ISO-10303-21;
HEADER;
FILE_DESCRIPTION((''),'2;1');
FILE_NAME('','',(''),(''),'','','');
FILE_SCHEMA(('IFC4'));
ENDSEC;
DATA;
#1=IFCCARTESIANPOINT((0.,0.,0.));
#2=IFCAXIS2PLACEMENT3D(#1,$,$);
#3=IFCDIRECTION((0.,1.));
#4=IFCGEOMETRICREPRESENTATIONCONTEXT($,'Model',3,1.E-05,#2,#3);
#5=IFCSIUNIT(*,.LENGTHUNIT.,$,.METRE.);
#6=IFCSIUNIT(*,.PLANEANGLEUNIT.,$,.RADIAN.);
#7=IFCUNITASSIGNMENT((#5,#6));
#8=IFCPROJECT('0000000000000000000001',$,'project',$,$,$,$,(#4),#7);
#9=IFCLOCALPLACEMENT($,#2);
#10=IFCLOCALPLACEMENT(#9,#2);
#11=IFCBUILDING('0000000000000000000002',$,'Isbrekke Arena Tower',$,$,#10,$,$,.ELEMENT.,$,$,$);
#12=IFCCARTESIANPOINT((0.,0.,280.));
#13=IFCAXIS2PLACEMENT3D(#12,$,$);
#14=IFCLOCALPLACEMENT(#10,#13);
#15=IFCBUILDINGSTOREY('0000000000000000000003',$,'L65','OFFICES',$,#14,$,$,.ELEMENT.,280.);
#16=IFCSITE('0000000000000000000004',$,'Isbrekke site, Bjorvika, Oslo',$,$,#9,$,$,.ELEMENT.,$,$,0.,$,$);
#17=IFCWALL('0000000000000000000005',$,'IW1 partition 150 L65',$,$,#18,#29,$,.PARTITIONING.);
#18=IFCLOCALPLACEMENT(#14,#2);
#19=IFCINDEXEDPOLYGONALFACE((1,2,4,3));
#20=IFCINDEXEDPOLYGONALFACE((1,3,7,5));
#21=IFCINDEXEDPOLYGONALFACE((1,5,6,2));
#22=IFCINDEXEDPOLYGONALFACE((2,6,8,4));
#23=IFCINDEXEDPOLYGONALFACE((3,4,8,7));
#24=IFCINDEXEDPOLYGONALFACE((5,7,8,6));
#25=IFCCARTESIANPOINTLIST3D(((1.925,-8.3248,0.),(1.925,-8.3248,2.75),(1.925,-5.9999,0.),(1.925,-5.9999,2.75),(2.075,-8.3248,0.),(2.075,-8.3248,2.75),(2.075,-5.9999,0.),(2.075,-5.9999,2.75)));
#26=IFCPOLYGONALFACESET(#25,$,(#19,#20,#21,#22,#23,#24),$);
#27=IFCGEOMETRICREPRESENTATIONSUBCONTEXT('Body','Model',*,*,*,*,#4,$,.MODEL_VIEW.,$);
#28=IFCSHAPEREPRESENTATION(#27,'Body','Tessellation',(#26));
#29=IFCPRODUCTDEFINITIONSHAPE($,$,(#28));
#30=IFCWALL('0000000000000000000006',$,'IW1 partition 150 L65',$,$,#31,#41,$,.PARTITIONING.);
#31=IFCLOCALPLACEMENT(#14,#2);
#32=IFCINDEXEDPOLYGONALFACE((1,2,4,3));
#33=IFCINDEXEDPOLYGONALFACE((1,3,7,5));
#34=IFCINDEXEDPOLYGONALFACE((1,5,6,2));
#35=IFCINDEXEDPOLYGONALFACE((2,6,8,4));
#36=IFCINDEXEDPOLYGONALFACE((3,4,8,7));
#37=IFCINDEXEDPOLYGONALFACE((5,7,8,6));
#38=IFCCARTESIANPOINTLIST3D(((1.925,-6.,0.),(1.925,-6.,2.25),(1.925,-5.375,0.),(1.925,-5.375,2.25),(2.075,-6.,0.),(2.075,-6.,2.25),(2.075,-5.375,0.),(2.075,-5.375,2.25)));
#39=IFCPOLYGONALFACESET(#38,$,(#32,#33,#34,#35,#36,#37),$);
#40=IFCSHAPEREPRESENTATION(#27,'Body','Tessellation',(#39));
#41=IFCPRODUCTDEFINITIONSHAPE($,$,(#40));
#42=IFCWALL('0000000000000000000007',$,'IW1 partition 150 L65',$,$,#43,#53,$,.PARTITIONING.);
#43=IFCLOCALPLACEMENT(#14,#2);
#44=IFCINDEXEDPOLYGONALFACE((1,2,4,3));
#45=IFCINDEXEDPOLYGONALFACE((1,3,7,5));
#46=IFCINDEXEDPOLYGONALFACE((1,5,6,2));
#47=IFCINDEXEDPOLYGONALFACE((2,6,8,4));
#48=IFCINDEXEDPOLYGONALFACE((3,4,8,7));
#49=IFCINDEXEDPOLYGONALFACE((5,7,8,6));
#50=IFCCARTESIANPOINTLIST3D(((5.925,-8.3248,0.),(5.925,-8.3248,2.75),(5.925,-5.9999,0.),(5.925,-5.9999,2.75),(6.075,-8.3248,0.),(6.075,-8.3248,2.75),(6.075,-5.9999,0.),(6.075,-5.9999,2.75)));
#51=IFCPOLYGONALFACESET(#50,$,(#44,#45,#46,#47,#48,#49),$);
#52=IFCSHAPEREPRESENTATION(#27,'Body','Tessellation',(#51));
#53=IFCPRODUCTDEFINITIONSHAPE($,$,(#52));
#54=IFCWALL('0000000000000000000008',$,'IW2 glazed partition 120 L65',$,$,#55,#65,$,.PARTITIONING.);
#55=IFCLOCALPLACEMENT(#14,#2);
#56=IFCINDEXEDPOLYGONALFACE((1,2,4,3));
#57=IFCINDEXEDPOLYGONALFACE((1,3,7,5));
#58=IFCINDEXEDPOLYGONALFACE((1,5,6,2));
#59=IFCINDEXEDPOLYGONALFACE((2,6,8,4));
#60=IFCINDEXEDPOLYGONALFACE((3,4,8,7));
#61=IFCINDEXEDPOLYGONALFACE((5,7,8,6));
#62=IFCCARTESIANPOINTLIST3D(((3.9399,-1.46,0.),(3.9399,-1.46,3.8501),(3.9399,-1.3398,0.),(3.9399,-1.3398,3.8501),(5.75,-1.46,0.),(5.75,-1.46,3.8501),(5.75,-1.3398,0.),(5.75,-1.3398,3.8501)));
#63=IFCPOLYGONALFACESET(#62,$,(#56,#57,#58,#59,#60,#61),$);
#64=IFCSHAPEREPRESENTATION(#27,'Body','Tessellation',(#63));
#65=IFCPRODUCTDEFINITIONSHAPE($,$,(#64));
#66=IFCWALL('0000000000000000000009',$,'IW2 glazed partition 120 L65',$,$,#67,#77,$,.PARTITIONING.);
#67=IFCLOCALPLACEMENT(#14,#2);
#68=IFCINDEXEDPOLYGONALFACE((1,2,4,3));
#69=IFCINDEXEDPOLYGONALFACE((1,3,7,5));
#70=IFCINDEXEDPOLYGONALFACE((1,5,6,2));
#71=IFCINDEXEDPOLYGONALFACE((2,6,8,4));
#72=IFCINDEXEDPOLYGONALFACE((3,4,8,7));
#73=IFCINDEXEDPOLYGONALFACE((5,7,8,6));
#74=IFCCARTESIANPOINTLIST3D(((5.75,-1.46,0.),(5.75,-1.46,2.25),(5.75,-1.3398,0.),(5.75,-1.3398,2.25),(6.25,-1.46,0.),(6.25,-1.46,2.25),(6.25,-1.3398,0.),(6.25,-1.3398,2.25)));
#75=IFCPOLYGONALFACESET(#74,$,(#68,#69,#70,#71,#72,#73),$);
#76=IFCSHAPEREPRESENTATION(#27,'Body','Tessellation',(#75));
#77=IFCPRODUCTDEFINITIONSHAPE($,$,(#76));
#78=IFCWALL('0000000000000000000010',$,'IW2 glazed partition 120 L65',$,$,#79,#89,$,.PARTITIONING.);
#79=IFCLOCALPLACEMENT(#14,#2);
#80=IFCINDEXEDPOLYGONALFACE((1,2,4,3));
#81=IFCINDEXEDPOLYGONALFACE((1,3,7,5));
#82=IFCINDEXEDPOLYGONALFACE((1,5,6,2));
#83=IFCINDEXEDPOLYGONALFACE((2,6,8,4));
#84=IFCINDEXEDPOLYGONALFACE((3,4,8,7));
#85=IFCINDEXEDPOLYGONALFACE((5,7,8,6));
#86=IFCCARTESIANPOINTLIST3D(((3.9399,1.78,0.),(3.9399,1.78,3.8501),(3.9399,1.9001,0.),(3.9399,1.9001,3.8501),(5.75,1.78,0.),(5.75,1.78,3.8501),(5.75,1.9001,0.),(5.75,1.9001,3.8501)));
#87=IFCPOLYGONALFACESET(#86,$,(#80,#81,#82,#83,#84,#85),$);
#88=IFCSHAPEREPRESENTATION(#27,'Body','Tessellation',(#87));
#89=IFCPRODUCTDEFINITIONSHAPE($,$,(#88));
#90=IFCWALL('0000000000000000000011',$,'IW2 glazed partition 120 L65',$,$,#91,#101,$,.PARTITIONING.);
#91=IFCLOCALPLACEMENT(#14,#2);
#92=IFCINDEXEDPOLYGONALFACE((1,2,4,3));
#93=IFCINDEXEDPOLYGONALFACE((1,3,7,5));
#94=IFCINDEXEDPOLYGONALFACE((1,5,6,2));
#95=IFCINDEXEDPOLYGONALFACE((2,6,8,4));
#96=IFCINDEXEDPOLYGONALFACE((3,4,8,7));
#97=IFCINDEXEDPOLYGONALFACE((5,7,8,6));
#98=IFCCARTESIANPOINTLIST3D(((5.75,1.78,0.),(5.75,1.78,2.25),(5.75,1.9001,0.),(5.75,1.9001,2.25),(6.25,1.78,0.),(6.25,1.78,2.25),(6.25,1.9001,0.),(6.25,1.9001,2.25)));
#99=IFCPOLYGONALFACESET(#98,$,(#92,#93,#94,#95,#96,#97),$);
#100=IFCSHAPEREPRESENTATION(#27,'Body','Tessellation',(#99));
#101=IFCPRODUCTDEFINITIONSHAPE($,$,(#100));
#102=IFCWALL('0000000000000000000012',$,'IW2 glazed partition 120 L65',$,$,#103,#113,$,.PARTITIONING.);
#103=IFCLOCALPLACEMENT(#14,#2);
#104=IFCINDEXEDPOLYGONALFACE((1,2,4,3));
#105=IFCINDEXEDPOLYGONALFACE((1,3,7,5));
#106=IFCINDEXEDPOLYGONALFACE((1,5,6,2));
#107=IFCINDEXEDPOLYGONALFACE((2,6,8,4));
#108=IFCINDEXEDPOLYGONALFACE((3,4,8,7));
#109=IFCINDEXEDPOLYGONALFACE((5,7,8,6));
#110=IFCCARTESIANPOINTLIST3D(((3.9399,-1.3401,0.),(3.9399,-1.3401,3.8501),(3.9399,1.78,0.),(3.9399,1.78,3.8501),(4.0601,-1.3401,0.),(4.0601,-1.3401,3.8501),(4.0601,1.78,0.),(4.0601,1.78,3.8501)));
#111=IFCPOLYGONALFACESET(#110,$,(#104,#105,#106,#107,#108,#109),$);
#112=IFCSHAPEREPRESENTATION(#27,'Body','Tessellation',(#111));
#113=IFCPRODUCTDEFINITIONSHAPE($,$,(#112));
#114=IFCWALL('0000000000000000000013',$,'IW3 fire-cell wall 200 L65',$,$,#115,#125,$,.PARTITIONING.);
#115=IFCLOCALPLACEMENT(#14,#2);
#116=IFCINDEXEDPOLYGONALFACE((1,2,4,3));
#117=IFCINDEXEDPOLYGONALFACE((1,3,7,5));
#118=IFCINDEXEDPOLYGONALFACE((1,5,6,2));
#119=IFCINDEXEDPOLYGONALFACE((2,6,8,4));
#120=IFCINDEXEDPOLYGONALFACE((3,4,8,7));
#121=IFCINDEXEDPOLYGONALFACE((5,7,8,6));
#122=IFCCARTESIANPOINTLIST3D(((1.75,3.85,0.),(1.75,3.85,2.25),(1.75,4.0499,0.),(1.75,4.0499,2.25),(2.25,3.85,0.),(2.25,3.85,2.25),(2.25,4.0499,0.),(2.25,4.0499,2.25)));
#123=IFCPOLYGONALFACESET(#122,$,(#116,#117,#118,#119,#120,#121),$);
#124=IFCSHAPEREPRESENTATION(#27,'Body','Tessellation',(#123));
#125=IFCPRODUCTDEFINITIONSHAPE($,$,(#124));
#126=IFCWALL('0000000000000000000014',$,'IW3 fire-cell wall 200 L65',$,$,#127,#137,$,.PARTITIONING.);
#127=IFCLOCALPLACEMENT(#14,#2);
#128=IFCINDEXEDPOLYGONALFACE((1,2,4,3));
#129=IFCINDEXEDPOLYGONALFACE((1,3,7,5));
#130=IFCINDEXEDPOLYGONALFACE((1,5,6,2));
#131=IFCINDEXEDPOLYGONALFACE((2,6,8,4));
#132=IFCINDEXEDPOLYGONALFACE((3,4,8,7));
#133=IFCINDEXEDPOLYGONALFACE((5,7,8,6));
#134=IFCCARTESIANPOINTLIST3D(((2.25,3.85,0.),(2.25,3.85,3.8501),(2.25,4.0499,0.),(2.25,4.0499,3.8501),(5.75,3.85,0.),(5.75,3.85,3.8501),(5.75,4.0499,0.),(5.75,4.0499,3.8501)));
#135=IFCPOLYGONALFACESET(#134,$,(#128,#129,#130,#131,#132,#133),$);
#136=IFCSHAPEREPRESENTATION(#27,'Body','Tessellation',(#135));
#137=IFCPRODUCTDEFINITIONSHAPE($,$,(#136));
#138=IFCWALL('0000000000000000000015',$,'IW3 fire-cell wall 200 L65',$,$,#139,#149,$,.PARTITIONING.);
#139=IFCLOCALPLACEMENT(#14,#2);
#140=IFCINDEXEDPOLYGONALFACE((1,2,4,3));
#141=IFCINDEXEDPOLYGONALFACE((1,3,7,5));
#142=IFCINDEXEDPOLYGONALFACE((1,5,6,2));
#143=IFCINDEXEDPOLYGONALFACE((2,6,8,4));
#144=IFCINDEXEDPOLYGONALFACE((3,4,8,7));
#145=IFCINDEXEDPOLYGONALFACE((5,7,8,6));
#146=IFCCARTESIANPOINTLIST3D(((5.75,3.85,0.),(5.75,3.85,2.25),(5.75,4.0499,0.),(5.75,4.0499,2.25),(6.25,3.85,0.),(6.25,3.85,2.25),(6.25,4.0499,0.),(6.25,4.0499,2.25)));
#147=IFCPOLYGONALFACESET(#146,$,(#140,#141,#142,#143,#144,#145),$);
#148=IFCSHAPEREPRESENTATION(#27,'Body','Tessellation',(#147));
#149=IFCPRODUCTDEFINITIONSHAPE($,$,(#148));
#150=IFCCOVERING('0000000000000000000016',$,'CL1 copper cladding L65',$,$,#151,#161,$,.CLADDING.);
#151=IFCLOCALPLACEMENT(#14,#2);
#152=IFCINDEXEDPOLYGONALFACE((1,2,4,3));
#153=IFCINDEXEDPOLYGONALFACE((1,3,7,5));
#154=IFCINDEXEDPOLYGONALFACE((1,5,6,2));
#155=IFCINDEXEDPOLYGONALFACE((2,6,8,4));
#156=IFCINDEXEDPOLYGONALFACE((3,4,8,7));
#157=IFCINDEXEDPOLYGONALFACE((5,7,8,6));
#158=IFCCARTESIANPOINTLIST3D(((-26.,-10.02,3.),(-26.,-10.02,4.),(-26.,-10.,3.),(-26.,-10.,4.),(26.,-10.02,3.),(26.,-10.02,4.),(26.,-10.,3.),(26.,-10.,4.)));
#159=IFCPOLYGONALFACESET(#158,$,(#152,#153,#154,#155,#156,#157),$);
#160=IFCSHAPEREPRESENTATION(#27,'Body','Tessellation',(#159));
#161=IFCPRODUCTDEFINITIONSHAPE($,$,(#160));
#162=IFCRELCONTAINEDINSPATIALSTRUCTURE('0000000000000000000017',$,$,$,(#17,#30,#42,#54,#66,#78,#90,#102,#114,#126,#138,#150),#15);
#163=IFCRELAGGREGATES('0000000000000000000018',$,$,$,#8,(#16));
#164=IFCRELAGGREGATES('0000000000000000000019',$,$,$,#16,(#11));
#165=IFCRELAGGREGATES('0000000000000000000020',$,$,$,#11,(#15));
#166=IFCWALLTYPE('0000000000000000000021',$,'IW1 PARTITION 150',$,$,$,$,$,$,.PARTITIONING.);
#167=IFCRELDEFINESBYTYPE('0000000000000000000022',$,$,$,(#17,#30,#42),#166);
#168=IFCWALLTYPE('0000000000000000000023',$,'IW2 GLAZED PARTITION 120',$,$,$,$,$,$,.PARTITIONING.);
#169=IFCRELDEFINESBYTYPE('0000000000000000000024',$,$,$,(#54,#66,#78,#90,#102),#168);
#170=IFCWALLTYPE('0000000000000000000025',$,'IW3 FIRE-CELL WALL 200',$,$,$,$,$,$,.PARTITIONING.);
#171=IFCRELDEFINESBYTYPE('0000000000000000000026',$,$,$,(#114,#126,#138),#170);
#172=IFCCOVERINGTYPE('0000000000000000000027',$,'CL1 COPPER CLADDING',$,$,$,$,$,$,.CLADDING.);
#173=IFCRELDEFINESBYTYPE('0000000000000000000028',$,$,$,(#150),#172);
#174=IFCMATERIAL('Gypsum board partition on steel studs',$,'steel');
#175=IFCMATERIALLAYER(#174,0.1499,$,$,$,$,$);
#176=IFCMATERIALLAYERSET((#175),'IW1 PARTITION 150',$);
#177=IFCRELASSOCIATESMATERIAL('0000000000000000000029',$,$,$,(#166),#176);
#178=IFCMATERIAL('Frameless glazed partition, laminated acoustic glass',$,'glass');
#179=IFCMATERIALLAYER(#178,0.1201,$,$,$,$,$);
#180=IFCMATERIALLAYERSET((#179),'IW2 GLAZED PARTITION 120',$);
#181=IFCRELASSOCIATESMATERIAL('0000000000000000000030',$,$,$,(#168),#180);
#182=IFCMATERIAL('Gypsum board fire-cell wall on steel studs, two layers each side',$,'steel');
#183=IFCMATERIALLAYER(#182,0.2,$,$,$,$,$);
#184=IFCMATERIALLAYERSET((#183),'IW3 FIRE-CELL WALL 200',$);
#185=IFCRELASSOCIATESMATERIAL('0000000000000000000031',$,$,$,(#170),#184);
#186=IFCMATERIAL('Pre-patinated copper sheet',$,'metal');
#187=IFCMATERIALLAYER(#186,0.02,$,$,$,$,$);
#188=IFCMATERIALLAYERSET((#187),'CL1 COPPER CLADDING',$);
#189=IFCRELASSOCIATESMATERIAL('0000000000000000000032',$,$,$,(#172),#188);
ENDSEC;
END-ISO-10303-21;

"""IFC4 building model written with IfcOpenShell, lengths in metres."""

from ifc_helpers import new_model, si_unit, direction, frame, frame_2d, origin, origin_2d, place, context, subcontext, project, spatial, rectangle, extrude, material, layer, layer_set, type_object, element, save


model = new_model("IFC4")

# Units and contexts
model_context = context("Model", 3, precision=1e-05, world=origin(), true_north=direction((0.0, 1.0)))
body_context = subcontext(model_context, "Body", "Model", "MODEL_VIEW")
ifc_project = project(units=[si_unit("LENGTHUNIT", "METRE"), si_unit("PLANEANGLEUNIT", "RADIAN")], contexts=[model_context])

# Site, building, storey
site_placement = place(None, origin())
site = spatial("IfcSite", under=ifc_project, at=site_placement, Name="Isbrekke site, Bjorvika, Oslo", CompositionType="ELEMENT", RefElevation=0.0)
building_placement = place(site_placement, origin())
building = spatial("IfcBuilding", under=site, at=building_placement, Name="Isbrekke Arena Tower", CompositionType="ELEMENT")
storey_placement = place(building_placement, frame((0.0, 0.0, 280.0)))
storey = spatial("IfcBuildingStorey", under=building, at=storey_placement, Name="L65", Description="OFFICES", CompositionType="ELEMENT", Elevation=280.0)

# Shared definitions
ifc_material_1 = material(Name="Gypsum board partition on steel studs", Category="steel")
ifc_layer_1 = layer(ifc_material_1, 0.1499)
ifc_layer_set_1 = layer_set([ifc_layer_1], Name="IW1 PARTITION 150")
wall_type_1 = type_object("IfcWallType", Name="IW1 PARTITION 150", PredefinedType="PARTITIONING", material=ifc_layer_set_1)

# Walls
wall_1_placement = place(storey_placement, frame((2.0, -8.325, 0.0), z_axis=(0.0, 0.0, 1.0), x_axis=(0.0, 1.0, 0.0)))
element("IfcWall", 1, at=wall_1_placement, inside=storey, type_object=wall_type_1, Name="IW1 partition 150 L65", PredefinedType="PARTITIONING", context=body_context, shape_type="SweptSolid", body=[
    extrude(rectangle(XDim=2.325, YDim=0.1499, at=frame_2d((1.1626, 0.0))), origin(), (0.0, 0.0, 1.0), 2.75),
])
wall_2_placement = place(storey_placement, frame((2.0, -6.0, 0.0), z_axis=(0.0, 0.0, 1.0), x_axis=(0.0, 1.0, 0.0)))
element("IfcWall", 2, at=wall_2_placement, inside=storey, type_object=wall_type_1, Name="IW1 partition 150 L65", PredefinedType="PARTITIONING", context=body_context, shape_type="SweptSolid", body=[
    extrude(rectangle(XDim=0.625, YDim=0.1499, at=frame_2d((0.3125, 0.0))), origin(), (0.0, 0.0, 1.0), 2.25),
])
wall_3_placement = place(storey_placement, frame((6.0, -8.325, 0.0), z_axis=(0.0, 0.0, 1.0), x_axis=(0.0, 1.0, 0.0)))
element("IfcWall", 3, at=wall_3_placement, inside=storey, type_object=wall_type_1, Name="IW1 partition 150 L65", PredefinedType="PARTITIONING", context=body_context, shape_type="SweptSolid", body=[
    extrude(rectangle(XDim=2.325, YDim=0.1499, at=frame_2d((1.1626, 0.0))), origin(), (0.0, 0.0, 1.0), 2.75),
])
ifc_material_2 = material(Name="Frameless glazed partition, laminated acoustic glass", Category="glass")
ifc_layer_2 = layer(ifc_material_2, 0.1201)
ifc_layer_set_2 = layer_set([ifc_layer_2], Name="IW2 GLAZED PARTITION 120")
wall_type_2 = type_object("IfcWallType", Name="IW2 GLAZED PARTITION 120", PredefinedType="PARTITIONING", material=ifc_layer_set_2)
wall_4_placement = place(storey_placement, frame((3.9399, -1.3999, 0.0), z_axis=(0.0, 0.0, 1.0), x_axis=(1.0, 0.0, 0.0)))
element("IfcWall", 4, at=wall_4_placement, inside=storey, type_object=wall_type_2, Name="IW2 glazed partition 120 L65", PredefinedType="PARTITIONING", context=body_context, shape_type="SweptSolid", body=[
    extrude(rectangle(XDim=1.8101, YDim=0.1201, at=frame_2d((0.905, 0.0))), origin(), (0.0, 0.0, 1.0), 3.8501),
])
wall_5_placement = place(storey_placement, frame((5.75, -1.3999, 0.0), z_axis=(0.0, 0.0, 1.0), x_axis=(1.0, 0.0, 0.0)))
element("IfcWall", 5, at=wall_5_placement, inside=storey, type_object=wall_type_2, Name="IW2 glazed partition 120 L65", PredefinedType="PARTITIONING", context=body_context, shape_type="SweptSolid", body=[
    extrude(rectangle(XDim=0.5, YDim=0.1201, at=frame_2d((0.25, 0.0))), origin(), (0.0, 0.0, 1.0), 2.25),
])
wall_6_placement = place(storey_placement, frame((3.9399, 1.8401, 0.0), z_axis=(0.0, 0.0, 1.0), x_axis=(1.0, 0.0, 0.0)))
element("IfcWall", 6, at=wall_6_placement, inside=storey, type_object=wall_type_2, Name="IW2 glazed partition 120 L65", PredefinedType="PARTITIONING", context=body_context, shape_type="SweptSolid", body=[
    extrude(rectangle(XDim=1.8101, YDim=0.1201, at=frame_2d((0.905, 0.0))), origin(), (0.0, 0.0, 1.0), 3.8501),
])
wall_7_placement = place(storey_placement, frame((5.75, 1.8401, 0.0), z_axis=(0.0, 0.0, 1.0), x_axis=(1.0, 0.0, 0.0)))
element("IfcWall", 7, at=wall_7_placement, inside=storey, type_object=wall_type_2, Name="IW2 glazed partition 120 L65", PredefinedType="PARTITIONING", context=body_context, shape_type="SweptSolid", body=[
    extrude(rectangle(XDim=0.5, YDim=0.1201, at=frame_2d((0.25, 0.0))), origin(), (0.0, 0.0, 1.0), 2.25),
])
wall_8_placement = place(storey_placement, frame((4.0, -1.3401, 0.0), z_axis=(0.0, 0.0, 1.0), x_axis=(0.0, 1.0, 0.0)))
element("IfcWall", 8, at=wall_8_placement, inside=storey, type_object=wall_type_2, Name="IW2 glazed partition 120 L65", PredefinedType="PARTITIONING", context=body_context, shape_type="SweptSolid", body=[
    extrude(rectangle(XDim=3.1201, YDim=0.1201, at=frame_2d((1.5601, 0.0))), origin(), (0.0, 0.0, 1.0), 3.8501),
])
ifc_material_3 = material(Name="Gypsum board fire-cell wall on steel studs, two layers each side", Category="steel")
ifc_layer_3 = layer(ifc_material_3, 0.2)
ifc_layer_set_3 = layer_set([ifc_layer_3], Name="IW3 FIRE-CELL WALL 200")
wall_type_3 = type_object("IfcWallType", Name="IW3 FIRE-CELL WALL 200", PredefinedType="PARTITIONING", material=ifc_layer_set_3)
wall_9_placement = place(storey_placement, frame((1.75, 3.95, 0.0), z_axis=(0.0, 0.0, 1.0), x_axis=(1.0, 0.0, 0.0)))
element("IfcWall", 9, at=wall_9_placement, inside=storey, type_object=wall_type_3, Name="IW3 fire-cell wall 200 L65", PredefinedType="PARTITIONING", context=body_context, shape_type="SweptSolid", body=[
    extrude(rectangle(XDim=0.5, YDim=0.2, at=frame_2d((0.25, 0.0))), origin(), (0.0, 0.0, 1.0), 2.25),
])
wall_10_placement = place(storey_placement, frame((2.25, 3.95, 0.0), z_axis=(0.0, 0.0, 1.0), x_axis=(1.0, 0.0, 0.0)))
element("IfcWall", 10, at=wall_10_placement, inside=storey, type_object=wall_type_3, Name="IW3 fire-cell wall 200 L65", PredefinedType="PARTITIONING", context=body_context, shape_type="SweptSolid", body=[
    extrude(rectangle(XDim=3.5, YDim=0.2, at=frame_2d((1.75, 0.0))), origin(), (0.0, 0.0, 1.0), 3.8501),
])
wall_11_placement = place(storey_placement, frame((5.75, 3.95, 0.0), z_axis=(0.0, 0.0, 1.0), x_axis=(1.0, 0.0, 0.0)))
element("IfcWall", 11, at=wall_11_placement, inside=storey, type_object=wall_type_3, Name="IW3 fire-cell wall 200 L65", PredefinedType="PARTITIONING", context=body_context, shape_type="SweptSolid", body=[
    extrude(rectangle(XDim=0.5, YDim=0.2, at=frame_2d((0.25, 0.0))), origin(), (0.0, 0.0, 1.0), 2.25),
])

# Covering
ifc_material_4 = material(Name="Pre-patinated copper sheet", Category="metal")
ifc_layer_4 = layer(ifc_material_4, 0.02)
ifc_layer_set_4 = layer_set([ifc_layer_4], Name="CL1 COPPER CLADDING")
covering_type = type_object("IfcCoveringType", Name="CL1 COPPER CLADDING", PredefinedType="CLADDING", material=ifc_layer_set_4)
covering_placement = place(storey_placement, frame((0.0, -10.01, 3.0), z_axis=(0.0, 0.0, 1.0), x_axis=(1.0, 0.0, 0.0)))
element("IfcCovering", 12, at=covering_placement, inside=storey, type_object=covering_type, Name="CL1 copper cladding L65", PredefinedType="CLADDING", context=body_context, shape_type="SweptSolid", body=[
    extrude(rectangle(XDim=52.0, YDim=0.02, at=origin_2d()), origin(), (0.0, 0.0, 1.0), 1.0),
])

save(model, "model.ifc")
